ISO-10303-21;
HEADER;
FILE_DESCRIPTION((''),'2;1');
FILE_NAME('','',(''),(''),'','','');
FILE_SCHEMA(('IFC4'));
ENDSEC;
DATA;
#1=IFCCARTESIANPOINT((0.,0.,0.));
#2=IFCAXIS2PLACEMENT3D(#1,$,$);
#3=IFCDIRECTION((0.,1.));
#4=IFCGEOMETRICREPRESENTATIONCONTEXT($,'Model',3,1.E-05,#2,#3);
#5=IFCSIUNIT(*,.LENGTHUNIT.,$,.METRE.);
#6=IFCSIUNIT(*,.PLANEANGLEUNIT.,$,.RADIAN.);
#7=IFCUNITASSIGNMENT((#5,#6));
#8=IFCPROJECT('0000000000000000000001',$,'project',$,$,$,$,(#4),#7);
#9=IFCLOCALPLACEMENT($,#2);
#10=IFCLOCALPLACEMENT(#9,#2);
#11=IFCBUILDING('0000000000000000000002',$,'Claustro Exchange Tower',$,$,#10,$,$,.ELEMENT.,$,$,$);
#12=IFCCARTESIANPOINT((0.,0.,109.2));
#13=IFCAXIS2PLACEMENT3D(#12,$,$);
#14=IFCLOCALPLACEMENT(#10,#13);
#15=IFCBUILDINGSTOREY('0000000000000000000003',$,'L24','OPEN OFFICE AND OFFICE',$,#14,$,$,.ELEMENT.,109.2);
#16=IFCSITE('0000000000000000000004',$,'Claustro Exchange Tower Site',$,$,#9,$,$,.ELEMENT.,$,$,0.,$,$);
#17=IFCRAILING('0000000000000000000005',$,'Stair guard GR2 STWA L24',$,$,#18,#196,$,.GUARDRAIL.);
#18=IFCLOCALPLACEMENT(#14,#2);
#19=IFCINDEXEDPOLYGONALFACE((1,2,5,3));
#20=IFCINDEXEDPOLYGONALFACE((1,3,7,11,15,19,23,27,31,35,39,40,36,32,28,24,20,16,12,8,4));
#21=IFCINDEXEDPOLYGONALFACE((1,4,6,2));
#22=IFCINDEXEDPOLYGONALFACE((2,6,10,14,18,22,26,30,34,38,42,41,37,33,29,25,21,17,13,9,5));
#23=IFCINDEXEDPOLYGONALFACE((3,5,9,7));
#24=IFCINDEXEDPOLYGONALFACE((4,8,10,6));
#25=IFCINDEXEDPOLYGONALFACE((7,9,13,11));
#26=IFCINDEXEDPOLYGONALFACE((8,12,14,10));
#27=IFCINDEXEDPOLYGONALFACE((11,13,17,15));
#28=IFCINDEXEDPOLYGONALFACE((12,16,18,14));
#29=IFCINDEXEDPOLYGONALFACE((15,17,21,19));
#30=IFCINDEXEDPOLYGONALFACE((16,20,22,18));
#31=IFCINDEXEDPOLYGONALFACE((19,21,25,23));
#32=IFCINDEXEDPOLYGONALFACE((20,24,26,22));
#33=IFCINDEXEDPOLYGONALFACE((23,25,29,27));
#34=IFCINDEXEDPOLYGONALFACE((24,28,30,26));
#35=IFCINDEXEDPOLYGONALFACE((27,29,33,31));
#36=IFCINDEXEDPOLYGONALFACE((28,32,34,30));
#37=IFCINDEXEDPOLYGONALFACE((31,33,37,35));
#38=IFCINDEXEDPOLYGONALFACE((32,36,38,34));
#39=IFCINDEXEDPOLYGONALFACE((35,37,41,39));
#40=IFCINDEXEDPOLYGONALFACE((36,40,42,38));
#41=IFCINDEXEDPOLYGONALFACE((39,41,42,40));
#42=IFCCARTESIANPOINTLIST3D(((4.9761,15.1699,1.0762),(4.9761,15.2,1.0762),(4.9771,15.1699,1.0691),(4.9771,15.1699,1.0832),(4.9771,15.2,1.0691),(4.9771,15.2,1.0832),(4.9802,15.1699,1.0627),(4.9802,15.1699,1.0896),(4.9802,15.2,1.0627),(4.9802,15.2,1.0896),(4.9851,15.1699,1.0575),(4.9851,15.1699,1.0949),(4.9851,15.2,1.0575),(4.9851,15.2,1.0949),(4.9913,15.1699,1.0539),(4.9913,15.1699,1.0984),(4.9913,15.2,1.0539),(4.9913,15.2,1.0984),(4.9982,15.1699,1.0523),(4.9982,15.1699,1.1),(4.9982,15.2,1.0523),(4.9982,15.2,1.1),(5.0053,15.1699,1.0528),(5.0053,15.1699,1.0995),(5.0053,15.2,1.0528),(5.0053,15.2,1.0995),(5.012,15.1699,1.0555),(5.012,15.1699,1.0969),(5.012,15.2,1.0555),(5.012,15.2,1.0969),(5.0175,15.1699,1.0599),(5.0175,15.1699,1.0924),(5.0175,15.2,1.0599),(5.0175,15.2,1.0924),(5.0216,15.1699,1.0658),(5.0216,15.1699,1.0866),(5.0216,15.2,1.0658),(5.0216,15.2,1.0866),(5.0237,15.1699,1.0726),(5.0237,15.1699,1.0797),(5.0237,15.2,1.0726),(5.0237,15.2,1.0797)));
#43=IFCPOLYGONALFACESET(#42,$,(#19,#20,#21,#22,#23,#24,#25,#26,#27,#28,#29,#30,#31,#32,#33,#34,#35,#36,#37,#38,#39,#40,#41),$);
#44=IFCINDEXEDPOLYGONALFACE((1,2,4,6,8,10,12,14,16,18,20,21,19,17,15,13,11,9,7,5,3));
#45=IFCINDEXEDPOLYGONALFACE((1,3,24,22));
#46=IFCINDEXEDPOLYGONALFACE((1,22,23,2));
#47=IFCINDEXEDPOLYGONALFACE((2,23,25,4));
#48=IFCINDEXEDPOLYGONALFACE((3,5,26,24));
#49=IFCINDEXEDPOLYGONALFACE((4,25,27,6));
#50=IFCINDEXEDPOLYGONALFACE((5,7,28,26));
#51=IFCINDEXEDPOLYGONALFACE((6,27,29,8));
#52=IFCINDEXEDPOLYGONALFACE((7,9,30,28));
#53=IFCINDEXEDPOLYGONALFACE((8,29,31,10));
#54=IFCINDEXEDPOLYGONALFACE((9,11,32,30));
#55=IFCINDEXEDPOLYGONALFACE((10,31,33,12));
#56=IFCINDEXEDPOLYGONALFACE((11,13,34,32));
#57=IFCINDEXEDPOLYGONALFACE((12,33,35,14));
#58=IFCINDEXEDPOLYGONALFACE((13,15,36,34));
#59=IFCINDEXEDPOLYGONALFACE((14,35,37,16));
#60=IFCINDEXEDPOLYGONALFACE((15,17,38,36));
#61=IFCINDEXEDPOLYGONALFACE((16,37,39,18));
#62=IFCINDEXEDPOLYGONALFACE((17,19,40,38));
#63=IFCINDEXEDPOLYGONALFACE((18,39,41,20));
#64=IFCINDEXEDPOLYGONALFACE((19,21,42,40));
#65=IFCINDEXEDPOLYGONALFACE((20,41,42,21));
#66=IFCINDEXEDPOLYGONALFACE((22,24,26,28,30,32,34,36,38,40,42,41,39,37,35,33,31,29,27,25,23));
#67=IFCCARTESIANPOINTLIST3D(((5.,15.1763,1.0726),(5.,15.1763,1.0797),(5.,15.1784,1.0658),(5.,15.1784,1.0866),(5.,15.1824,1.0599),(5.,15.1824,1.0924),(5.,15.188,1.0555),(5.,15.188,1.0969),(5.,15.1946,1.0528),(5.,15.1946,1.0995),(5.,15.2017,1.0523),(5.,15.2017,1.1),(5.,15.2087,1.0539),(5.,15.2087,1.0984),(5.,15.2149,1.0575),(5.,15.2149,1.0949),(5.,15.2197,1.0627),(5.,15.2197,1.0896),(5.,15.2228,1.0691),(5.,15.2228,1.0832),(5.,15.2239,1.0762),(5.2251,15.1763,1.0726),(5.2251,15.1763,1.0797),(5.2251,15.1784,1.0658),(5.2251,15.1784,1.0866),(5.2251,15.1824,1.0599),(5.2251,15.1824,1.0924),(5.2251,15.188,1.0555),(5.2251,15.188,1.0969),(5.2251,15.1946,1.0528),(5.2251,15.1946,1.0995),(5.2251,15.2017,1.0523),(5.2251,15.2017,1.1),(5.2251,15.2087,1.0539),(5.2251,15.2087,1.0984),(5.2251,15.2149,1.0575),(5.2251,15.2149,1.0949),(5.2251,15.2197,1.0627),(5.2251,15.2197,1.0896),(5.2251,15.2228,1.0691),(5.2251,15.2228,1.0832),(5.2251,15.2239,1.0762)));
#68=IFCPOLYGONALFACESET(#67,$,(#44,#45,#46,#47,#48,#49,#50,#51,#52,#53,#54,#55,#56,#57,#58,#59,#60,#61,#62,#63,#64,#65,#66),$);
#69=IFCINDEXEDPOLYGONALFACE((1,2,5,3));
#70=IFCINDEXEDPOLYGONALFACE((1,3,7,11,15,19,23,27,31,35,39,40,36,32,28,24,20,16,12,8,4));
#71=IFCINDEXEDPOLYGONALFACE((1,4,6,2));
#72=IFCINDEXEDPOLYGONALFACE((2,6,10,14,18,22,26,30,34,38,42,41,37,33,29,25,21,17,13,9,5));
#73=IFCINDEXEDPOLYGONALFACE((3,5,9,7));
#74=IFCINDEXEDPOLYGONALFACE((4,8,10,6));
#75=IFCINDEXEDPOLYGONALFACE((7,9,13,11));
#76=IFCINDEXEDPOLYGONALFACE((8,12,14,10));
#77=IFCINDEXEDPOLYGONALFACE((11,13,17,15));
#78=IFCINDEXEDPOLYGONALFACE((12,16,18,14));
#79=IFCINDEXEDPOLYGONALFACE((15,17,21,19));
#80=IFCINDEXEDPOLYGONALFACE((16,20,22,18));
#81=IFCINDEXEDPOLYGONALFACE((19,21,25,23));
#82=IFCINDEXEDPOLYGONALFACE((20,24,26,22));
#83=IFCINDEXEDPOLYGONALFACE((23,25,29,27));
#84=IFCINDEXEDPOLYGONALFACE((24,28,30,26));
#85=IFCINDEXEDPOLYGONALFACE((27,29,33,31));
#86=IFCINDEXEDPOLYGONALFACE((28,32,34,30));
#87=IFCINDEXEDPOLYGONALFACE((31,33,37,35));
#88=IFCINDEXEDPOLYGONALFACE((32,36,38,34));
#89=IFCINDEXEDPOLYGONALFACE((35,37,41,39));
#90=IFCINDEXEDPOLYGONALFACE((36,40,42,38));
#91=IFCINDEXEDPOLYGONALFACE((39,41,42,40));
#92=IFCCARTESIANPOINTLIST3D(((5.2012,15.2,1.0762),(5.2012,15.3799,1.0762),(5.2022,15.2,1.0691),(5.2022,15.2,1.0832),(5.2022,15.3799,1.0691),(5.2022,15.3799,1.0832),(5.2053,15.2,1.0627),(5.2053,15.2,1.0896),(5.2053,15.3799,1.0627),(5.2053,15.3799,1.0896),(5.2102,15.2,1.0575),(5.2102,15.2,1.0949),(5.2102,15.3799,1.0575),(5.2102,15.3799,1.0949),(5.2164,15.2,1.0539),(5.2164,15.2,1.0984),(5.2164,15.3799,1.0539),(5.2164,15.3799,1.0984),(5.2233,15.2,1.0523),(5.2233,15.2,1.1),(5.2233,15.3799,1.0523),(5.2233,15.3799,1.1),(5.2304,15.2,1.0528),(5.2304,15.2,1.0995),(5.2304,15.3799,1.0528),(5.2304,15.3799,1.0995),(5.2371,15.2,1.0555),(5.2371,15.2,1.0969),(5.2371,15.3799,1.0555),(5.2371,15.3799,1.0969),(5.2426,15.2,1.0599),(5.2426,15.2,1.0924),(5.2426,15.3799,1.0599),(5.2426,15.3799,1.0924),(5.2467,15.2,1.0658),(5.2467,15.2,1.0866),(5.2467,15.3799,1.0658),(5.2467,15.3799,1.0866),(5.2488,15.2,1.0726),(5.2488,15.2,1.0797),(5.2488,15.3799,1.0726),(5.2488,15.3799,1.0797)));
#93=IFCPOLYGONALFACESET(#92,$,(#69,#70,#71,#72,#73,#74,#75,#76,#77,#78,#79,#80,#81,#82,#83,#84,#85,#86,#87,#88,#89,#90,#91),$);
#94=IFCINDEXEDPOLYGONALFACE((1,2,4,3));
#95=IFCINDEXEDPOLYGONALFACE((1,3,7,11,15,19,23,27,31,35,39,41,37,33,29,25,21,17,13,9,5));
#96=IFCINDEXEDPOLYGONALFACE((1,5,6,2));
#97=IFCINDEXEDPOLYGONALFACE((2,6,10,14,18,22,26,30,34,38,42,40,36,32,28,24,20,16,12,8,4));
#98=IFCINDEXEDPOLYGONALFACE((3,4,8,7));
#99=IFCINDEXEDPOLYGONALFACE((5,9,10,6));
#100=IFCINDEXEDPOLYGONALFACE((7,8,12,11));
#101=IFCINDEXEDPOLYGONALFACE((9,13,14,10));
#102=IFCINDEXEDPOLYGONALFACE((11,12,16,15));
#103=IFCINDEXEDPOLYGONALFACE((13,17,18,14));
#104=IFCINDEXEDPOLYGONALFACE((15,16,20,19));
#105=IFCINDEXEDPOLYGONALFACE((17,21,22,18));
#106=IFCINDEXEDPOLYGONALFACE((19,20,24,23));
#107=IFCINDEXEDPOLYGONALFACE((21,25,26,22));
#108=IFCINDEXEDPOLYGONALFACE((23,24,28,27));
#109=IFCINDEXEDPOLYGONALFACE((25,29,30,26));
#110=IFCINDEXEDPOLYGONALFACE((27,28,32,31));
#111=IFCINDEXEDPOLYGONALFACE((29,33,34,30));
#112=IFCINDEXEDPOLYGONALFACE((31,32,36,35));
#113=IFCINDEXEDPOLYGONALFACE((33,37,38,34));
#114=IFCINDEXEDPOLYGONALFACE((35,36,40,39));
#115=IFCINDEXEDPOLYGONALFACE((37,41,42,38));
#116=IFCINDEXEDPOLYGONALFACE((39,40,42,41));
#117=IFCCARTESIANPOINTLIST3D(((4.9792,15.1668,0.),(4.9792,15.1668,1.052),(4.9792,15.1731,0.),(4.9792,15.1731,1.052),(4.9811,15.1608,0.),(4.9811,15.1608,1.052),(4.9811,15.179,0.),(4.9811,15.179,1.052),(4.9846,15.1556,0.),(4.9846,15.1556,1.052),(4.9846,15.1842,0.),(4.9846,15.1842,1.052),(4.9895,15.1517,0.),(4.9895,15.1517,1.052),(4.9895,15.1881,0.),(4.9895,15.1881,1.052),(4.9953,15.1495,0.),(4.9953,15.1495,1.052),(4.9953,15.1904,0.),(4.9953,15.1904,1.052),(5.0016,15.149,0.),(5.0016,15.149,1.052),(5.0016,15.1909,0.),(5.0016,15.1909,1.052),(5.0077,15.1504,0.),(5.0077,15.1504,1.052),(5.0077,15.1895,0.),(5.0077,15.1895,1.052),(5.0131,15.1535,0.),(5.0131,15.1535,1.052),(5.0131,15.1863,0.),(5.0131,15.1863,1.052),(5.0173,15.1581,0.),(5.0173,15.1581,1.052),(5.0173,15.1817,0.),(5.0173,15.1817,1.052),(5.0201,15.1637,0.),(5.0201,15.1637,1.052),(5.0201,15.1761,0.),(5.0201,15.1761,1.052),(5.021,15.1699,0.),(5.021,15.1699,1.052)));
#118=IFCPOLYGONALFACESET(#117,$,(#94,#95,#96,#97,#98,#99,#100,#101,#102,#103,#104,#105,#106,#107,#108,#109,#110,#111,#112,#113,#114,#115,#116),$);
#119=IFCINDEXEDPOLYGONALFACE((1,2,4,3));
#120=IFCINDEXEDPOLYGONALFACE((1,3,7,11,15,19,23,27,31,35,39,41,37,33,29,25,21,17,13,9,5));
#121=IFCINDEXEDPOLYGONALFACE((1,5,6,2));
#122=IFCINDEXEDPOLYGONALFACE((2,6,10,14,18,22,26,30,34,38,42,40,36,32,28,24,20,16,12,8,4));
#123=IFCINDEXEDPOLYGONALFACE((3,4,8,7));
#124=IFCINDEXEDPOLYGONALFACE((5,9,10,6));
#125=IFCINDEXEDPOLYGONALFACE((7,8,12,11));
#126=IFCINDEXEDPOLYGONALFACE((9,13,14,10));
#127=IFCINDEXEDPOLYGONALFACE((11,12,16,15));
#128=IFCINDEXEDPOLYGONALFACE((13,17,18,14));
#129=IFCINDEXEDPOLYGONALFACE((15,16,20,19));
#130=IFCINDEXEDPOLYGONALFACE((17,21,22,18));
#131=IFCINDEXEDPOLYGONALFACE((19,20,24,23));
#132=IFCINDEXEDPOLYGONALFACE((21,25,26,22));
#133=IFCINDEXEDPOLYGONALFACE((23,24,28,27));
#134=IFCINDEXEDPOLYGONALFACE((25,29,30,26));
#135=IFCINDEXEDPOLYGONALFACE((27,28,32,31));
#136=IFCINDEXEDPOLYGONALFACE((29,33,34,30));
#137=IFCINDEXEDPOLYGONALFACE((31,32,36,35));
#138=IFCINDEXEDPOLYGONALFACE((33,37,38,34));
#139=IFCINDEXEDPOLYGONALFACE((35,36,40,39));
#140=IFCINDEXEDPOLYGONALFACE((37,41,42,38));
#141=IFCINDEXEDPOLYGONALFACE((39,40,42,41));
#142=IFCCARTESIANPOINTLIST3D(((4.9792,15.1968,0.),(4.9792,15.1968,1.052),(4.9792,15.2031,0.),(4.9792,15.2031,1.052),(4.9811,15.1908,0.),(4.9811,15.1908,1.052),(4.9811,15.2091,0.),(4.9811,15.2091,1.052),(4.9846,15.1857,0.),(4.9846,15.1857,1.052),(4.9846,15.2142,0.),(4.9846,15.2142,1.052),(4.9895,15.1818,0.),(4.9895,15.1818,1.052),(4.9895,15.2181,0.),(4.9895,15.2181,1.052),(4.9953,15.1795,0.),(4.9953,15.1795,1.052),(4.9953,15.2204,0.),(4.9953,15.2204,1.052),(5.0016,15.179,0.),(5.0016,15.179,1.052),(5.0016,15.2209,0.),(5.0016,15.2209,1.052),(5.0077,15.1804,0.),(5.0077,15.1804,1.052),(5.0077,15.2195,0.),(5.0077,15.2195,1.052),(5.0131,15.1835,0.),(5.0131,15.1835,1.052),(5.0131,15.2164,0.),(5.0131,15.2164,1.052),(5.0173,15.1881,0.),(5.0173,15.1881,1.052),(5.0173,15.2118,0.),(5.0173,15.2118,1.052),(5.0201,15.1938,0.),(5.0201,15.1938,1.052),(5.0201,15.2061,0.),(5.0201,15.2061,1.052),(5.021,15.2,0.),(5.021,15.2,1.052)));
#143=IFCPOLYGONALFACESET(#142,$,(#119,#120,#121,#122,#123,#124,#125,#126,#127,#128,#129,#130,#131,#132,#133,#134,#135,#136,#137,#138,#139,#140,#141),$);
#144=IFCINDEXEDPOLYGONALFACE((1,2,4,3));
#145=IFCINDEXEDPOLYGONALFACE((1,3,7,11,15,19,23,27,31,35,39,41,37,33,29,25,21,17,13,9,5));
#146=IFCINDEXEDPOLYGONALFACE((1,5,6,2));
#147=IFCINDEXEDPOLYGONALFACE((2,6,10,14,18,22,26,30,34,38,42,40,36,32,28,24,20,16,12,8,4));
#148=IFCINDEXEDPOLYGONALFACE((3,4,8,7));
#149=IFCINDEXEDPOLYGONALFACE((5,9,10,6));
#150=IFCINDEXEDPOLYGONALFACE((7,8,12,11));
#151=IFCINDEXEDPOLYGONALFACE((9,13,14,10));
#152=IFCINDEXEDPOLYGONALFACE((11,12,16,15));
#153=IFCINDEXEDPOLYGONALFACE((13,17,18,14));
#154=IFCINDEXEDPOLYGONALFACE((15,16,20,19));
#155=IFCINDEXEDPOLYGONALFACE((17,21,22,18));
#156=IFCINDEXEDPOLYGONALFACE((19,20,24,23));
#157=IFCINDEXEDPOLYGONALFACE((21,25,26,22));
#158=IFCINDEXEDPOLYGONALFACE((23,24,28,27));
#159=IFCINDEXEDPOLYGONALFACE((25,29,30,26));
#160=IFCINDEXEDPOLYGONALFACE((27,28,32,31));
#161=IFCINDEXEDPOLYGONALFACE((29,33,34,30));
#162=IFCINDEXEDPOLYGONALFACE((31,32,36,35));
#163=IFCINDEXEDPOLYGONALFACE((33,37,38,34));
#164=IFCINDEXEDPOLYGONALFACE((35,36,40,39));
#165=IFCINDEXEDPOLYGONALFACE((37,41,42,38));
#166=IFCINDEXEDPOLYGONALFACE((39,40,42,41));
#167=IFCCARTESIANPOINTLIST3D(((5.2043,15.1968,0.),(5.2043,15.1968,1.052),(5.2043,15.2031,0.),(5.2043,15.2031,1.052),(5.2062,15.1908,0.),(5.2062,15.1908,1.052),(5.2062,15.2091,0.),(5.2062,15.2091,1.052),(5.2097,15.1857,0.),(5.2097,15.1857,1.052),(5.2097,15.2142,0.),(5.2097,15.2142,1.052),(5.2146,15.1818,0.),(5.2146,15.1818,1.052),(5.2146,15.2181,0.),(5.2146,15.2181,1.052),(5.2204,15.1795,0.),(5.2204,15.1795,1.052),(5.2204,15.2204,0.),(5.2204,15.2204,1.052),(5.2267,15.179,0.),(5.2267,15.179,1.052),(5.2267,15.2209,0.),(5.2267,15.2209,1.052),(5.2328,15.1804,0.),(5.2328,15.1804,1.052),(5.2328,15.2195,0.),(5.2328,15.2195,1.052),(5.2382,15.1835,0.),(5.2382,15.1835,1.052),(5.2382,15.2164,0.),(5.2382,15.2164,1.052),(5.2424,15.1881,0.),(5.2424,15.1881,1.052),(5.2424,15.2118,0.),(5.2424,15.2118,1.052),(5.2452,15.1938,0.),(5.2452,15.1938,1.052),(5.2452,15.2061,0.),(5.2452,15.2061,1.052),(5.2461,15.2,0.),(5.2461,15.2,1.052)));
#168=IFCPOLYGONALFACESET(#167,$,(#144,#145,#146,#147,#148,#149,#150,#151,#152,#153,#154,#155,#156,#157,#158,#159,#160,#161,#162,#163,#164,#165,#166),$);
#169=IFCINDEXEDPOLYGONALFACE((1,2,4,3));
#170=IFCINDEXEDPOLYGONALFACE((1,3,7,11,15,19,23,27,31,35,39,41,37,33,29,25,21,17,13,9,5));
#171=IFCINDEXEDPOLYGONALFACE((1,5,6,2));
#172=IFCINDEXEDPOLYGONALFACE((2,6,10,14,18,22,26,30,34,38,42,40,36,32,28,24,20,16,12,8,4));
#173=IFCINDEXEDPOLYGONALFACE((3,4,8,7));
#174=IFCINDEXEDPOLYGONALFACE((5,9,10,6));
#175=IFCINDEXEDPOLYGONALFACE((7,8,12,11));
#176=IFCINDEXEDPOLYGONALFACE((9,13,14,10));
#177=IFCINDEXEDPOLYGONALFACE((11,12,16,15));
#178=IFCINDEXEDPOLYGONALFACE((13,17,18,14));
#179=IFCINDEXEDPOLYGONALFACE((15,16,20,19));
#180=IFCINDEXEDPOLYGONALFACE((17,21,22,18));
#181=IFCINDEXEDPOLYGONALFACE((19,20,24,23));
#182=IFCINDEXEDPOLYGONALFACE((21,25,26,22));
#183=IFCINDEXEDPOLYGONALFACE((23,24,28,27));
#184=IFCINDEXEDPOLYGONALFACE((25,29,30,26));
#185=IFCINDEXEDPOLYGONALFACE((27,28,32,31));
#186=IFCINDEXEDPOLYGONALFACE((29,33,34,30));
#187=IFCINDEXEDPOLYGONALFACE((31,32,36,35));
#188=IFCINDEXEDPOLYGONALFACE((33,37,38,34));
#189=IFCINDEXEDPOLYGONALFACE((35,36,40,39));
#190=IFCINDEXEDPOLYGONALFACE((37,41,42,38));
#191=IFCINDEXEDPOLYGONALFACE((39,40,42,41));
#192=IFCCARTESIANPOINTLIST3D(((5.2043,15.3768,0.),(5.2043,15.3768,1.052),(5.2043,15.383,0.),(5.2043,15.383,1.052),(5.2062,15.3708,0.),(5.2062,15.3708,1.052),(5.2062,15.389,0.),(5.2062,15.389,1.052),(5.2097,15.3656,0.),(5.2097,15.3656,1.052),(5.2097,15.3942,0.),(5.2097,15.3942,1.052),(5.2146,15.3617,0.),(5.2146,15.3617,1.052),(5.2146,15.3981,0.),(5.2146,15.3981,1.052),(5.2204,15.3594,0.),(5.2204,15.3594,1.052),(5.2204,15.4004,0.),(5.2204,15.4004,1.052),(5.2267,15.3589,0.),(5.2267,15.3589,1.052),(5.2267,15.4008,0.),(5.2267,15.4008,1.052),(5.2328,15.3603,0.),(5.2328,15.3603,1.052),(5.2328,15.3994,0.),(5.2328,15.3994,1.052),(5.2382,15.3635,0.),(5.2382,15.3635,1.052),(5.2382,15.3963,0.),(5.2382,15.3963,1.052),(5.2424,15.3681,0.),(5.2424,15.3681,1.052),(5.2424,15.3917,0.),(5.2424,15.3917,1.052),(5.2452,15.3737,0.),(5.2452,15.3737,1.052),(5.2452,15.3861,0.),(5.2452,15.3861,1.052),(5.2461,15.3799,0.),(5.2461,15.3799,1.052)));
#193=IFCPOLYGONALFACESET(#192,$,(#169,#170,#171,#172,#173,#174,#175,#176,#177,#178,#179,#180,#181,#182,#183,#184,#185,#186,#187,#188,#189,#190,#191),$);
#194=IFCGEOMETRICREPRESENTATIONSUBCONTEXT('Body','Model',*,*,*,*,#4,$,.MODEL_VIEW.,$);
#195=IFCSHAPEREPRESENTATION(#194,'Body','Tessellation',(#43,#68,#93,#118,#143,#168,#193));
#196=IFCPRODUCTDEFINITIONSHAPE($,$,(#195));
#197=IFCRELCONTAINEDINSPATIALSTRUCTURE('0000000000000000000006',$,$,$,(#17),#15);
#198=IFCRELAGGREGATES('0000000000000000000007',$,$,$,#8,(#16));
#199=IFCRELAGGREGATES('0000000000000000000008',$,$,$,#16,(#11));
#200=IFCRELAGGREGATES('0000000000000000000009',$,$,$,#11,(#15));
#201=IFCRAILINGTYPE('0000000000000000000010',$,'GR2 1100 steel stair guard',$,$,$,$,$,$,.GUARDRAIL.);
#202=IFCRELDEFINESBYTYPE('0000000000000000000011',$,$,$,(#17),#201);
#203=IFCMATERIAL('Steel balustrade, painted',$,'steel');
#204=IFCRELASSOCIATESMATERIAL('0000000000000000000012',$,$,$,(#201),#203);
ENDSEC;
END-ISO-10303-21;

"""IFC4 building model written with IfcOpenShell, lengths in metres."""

from ifc_helpers import new_model, si_unit, direction, frame, origin, origin_2d, place, context, subcontext, project, spatial, circle, extrude, material, type_object, element, save


model = new_model("IFC4")

# Units and contexts
model_context = context("Model", 3, precision=1e-05, world=origin(), true_north=direction((0.0, 1.0)))
body_context = subcontext(model_context, "Body", "Model", "MODEL_VIEW")
ifc_project = project(units=[si_unit("LENGTHUNIT", "METRE"), si_unit("PLANEANGLEUNIT", "RADIAN")], contexts=[model_context])

# Site, building, storey
site_placement = place(None, origin())
site = spatial("IfcSite", under=ifc_project, at=site_placement, Name="Claustro Exchange Tower Site", CompositionType="ELEMENT", RefElevation=0.0)
building_placement = place(site_placement, origin())
building = spatial("IfcBuilding", under=site, at=building_placement, Name="Claustro Exchange Tower", CompositionType="ELEMENT")
storey_placement = place(building_placement, frame((0.0, 0.0, 109.2)))
storey = spatial("IfcBuildingStorey", under=building, at=storey_placement, Name="L24", Description="OPEN OFFICE AND OFFICE", CompositionType="ELEMENT", Elevation=109.2)

# Railing
ifc_material_1 = material(Name="Steel balustrade, painted", Category="steel")
railing_type_1 = type_object("IfcRailingType", Name="GR2 1100 steel stair guard", PredefinedType="GUARDRAIL", material=ifc_material_1)
railing_1_placement = place(storey_placement, frame((5.0, 15.1699, 0.0)))
element("IfcRailing", 1, at=railing_1_placement, inside=storey, type_object=railing_type_1, Name="Stair guard GR2 STWA L24", PredefinedType="GUARDRAIL", context=body_context, shape_type="SweptSolid", body=[
    extrude(circle(Radius=0.0239, at=origin_2d()), frame((0.0, 0.0, 1.0762), z_axis=(0.0, 1.0, 0.0), x_axis=(-1.0, 0.0, 0.0)), (0.0, 0.0, 1.0), 0.03),
    extrude(circle(Radius=0.0239, at=origin_2d()), frame((0.0, 0.03, 1.0762), z_axis=(1.0, 0.0, 0.0), x_axis=(0.0, 1.0, 0.0)), (0.0, 0.0, 1.0), 0.2251),
    extrude(circle(Radius=0.0239, at=origin_2d()), frame((0.2251, 0.03, 1.0762), z_axis=(0.0, 1.0, 0.0), x_axis=(-1.0, 0.0, 0.0)), (0.0, 0.0, 1.0), 0.1799),
    extrude(circle(Radius=0.021, at=origin_2d()), origin(), (0.0, 0.0, 1.0), 1.052),
    extrude(circle(Radius=0.021, at=origin_2d()), frame((0.0, 0.03, 0.0)), (0.0, 0.0, 1.0), 1.052),
    extrude(circle(Radius=0.021, at=origin_2d()), frame((0.2251, 0.03, 0.0)), (0.0, 0.0, 1.0), 1.052),
    extrude(circle(Radius=0.021, at=origin_2d()), frame((0.2251, 0.21, 0.0)), (0.0, 0.0, 1.0), 1.052),
])

save(model, "model.ifc")
